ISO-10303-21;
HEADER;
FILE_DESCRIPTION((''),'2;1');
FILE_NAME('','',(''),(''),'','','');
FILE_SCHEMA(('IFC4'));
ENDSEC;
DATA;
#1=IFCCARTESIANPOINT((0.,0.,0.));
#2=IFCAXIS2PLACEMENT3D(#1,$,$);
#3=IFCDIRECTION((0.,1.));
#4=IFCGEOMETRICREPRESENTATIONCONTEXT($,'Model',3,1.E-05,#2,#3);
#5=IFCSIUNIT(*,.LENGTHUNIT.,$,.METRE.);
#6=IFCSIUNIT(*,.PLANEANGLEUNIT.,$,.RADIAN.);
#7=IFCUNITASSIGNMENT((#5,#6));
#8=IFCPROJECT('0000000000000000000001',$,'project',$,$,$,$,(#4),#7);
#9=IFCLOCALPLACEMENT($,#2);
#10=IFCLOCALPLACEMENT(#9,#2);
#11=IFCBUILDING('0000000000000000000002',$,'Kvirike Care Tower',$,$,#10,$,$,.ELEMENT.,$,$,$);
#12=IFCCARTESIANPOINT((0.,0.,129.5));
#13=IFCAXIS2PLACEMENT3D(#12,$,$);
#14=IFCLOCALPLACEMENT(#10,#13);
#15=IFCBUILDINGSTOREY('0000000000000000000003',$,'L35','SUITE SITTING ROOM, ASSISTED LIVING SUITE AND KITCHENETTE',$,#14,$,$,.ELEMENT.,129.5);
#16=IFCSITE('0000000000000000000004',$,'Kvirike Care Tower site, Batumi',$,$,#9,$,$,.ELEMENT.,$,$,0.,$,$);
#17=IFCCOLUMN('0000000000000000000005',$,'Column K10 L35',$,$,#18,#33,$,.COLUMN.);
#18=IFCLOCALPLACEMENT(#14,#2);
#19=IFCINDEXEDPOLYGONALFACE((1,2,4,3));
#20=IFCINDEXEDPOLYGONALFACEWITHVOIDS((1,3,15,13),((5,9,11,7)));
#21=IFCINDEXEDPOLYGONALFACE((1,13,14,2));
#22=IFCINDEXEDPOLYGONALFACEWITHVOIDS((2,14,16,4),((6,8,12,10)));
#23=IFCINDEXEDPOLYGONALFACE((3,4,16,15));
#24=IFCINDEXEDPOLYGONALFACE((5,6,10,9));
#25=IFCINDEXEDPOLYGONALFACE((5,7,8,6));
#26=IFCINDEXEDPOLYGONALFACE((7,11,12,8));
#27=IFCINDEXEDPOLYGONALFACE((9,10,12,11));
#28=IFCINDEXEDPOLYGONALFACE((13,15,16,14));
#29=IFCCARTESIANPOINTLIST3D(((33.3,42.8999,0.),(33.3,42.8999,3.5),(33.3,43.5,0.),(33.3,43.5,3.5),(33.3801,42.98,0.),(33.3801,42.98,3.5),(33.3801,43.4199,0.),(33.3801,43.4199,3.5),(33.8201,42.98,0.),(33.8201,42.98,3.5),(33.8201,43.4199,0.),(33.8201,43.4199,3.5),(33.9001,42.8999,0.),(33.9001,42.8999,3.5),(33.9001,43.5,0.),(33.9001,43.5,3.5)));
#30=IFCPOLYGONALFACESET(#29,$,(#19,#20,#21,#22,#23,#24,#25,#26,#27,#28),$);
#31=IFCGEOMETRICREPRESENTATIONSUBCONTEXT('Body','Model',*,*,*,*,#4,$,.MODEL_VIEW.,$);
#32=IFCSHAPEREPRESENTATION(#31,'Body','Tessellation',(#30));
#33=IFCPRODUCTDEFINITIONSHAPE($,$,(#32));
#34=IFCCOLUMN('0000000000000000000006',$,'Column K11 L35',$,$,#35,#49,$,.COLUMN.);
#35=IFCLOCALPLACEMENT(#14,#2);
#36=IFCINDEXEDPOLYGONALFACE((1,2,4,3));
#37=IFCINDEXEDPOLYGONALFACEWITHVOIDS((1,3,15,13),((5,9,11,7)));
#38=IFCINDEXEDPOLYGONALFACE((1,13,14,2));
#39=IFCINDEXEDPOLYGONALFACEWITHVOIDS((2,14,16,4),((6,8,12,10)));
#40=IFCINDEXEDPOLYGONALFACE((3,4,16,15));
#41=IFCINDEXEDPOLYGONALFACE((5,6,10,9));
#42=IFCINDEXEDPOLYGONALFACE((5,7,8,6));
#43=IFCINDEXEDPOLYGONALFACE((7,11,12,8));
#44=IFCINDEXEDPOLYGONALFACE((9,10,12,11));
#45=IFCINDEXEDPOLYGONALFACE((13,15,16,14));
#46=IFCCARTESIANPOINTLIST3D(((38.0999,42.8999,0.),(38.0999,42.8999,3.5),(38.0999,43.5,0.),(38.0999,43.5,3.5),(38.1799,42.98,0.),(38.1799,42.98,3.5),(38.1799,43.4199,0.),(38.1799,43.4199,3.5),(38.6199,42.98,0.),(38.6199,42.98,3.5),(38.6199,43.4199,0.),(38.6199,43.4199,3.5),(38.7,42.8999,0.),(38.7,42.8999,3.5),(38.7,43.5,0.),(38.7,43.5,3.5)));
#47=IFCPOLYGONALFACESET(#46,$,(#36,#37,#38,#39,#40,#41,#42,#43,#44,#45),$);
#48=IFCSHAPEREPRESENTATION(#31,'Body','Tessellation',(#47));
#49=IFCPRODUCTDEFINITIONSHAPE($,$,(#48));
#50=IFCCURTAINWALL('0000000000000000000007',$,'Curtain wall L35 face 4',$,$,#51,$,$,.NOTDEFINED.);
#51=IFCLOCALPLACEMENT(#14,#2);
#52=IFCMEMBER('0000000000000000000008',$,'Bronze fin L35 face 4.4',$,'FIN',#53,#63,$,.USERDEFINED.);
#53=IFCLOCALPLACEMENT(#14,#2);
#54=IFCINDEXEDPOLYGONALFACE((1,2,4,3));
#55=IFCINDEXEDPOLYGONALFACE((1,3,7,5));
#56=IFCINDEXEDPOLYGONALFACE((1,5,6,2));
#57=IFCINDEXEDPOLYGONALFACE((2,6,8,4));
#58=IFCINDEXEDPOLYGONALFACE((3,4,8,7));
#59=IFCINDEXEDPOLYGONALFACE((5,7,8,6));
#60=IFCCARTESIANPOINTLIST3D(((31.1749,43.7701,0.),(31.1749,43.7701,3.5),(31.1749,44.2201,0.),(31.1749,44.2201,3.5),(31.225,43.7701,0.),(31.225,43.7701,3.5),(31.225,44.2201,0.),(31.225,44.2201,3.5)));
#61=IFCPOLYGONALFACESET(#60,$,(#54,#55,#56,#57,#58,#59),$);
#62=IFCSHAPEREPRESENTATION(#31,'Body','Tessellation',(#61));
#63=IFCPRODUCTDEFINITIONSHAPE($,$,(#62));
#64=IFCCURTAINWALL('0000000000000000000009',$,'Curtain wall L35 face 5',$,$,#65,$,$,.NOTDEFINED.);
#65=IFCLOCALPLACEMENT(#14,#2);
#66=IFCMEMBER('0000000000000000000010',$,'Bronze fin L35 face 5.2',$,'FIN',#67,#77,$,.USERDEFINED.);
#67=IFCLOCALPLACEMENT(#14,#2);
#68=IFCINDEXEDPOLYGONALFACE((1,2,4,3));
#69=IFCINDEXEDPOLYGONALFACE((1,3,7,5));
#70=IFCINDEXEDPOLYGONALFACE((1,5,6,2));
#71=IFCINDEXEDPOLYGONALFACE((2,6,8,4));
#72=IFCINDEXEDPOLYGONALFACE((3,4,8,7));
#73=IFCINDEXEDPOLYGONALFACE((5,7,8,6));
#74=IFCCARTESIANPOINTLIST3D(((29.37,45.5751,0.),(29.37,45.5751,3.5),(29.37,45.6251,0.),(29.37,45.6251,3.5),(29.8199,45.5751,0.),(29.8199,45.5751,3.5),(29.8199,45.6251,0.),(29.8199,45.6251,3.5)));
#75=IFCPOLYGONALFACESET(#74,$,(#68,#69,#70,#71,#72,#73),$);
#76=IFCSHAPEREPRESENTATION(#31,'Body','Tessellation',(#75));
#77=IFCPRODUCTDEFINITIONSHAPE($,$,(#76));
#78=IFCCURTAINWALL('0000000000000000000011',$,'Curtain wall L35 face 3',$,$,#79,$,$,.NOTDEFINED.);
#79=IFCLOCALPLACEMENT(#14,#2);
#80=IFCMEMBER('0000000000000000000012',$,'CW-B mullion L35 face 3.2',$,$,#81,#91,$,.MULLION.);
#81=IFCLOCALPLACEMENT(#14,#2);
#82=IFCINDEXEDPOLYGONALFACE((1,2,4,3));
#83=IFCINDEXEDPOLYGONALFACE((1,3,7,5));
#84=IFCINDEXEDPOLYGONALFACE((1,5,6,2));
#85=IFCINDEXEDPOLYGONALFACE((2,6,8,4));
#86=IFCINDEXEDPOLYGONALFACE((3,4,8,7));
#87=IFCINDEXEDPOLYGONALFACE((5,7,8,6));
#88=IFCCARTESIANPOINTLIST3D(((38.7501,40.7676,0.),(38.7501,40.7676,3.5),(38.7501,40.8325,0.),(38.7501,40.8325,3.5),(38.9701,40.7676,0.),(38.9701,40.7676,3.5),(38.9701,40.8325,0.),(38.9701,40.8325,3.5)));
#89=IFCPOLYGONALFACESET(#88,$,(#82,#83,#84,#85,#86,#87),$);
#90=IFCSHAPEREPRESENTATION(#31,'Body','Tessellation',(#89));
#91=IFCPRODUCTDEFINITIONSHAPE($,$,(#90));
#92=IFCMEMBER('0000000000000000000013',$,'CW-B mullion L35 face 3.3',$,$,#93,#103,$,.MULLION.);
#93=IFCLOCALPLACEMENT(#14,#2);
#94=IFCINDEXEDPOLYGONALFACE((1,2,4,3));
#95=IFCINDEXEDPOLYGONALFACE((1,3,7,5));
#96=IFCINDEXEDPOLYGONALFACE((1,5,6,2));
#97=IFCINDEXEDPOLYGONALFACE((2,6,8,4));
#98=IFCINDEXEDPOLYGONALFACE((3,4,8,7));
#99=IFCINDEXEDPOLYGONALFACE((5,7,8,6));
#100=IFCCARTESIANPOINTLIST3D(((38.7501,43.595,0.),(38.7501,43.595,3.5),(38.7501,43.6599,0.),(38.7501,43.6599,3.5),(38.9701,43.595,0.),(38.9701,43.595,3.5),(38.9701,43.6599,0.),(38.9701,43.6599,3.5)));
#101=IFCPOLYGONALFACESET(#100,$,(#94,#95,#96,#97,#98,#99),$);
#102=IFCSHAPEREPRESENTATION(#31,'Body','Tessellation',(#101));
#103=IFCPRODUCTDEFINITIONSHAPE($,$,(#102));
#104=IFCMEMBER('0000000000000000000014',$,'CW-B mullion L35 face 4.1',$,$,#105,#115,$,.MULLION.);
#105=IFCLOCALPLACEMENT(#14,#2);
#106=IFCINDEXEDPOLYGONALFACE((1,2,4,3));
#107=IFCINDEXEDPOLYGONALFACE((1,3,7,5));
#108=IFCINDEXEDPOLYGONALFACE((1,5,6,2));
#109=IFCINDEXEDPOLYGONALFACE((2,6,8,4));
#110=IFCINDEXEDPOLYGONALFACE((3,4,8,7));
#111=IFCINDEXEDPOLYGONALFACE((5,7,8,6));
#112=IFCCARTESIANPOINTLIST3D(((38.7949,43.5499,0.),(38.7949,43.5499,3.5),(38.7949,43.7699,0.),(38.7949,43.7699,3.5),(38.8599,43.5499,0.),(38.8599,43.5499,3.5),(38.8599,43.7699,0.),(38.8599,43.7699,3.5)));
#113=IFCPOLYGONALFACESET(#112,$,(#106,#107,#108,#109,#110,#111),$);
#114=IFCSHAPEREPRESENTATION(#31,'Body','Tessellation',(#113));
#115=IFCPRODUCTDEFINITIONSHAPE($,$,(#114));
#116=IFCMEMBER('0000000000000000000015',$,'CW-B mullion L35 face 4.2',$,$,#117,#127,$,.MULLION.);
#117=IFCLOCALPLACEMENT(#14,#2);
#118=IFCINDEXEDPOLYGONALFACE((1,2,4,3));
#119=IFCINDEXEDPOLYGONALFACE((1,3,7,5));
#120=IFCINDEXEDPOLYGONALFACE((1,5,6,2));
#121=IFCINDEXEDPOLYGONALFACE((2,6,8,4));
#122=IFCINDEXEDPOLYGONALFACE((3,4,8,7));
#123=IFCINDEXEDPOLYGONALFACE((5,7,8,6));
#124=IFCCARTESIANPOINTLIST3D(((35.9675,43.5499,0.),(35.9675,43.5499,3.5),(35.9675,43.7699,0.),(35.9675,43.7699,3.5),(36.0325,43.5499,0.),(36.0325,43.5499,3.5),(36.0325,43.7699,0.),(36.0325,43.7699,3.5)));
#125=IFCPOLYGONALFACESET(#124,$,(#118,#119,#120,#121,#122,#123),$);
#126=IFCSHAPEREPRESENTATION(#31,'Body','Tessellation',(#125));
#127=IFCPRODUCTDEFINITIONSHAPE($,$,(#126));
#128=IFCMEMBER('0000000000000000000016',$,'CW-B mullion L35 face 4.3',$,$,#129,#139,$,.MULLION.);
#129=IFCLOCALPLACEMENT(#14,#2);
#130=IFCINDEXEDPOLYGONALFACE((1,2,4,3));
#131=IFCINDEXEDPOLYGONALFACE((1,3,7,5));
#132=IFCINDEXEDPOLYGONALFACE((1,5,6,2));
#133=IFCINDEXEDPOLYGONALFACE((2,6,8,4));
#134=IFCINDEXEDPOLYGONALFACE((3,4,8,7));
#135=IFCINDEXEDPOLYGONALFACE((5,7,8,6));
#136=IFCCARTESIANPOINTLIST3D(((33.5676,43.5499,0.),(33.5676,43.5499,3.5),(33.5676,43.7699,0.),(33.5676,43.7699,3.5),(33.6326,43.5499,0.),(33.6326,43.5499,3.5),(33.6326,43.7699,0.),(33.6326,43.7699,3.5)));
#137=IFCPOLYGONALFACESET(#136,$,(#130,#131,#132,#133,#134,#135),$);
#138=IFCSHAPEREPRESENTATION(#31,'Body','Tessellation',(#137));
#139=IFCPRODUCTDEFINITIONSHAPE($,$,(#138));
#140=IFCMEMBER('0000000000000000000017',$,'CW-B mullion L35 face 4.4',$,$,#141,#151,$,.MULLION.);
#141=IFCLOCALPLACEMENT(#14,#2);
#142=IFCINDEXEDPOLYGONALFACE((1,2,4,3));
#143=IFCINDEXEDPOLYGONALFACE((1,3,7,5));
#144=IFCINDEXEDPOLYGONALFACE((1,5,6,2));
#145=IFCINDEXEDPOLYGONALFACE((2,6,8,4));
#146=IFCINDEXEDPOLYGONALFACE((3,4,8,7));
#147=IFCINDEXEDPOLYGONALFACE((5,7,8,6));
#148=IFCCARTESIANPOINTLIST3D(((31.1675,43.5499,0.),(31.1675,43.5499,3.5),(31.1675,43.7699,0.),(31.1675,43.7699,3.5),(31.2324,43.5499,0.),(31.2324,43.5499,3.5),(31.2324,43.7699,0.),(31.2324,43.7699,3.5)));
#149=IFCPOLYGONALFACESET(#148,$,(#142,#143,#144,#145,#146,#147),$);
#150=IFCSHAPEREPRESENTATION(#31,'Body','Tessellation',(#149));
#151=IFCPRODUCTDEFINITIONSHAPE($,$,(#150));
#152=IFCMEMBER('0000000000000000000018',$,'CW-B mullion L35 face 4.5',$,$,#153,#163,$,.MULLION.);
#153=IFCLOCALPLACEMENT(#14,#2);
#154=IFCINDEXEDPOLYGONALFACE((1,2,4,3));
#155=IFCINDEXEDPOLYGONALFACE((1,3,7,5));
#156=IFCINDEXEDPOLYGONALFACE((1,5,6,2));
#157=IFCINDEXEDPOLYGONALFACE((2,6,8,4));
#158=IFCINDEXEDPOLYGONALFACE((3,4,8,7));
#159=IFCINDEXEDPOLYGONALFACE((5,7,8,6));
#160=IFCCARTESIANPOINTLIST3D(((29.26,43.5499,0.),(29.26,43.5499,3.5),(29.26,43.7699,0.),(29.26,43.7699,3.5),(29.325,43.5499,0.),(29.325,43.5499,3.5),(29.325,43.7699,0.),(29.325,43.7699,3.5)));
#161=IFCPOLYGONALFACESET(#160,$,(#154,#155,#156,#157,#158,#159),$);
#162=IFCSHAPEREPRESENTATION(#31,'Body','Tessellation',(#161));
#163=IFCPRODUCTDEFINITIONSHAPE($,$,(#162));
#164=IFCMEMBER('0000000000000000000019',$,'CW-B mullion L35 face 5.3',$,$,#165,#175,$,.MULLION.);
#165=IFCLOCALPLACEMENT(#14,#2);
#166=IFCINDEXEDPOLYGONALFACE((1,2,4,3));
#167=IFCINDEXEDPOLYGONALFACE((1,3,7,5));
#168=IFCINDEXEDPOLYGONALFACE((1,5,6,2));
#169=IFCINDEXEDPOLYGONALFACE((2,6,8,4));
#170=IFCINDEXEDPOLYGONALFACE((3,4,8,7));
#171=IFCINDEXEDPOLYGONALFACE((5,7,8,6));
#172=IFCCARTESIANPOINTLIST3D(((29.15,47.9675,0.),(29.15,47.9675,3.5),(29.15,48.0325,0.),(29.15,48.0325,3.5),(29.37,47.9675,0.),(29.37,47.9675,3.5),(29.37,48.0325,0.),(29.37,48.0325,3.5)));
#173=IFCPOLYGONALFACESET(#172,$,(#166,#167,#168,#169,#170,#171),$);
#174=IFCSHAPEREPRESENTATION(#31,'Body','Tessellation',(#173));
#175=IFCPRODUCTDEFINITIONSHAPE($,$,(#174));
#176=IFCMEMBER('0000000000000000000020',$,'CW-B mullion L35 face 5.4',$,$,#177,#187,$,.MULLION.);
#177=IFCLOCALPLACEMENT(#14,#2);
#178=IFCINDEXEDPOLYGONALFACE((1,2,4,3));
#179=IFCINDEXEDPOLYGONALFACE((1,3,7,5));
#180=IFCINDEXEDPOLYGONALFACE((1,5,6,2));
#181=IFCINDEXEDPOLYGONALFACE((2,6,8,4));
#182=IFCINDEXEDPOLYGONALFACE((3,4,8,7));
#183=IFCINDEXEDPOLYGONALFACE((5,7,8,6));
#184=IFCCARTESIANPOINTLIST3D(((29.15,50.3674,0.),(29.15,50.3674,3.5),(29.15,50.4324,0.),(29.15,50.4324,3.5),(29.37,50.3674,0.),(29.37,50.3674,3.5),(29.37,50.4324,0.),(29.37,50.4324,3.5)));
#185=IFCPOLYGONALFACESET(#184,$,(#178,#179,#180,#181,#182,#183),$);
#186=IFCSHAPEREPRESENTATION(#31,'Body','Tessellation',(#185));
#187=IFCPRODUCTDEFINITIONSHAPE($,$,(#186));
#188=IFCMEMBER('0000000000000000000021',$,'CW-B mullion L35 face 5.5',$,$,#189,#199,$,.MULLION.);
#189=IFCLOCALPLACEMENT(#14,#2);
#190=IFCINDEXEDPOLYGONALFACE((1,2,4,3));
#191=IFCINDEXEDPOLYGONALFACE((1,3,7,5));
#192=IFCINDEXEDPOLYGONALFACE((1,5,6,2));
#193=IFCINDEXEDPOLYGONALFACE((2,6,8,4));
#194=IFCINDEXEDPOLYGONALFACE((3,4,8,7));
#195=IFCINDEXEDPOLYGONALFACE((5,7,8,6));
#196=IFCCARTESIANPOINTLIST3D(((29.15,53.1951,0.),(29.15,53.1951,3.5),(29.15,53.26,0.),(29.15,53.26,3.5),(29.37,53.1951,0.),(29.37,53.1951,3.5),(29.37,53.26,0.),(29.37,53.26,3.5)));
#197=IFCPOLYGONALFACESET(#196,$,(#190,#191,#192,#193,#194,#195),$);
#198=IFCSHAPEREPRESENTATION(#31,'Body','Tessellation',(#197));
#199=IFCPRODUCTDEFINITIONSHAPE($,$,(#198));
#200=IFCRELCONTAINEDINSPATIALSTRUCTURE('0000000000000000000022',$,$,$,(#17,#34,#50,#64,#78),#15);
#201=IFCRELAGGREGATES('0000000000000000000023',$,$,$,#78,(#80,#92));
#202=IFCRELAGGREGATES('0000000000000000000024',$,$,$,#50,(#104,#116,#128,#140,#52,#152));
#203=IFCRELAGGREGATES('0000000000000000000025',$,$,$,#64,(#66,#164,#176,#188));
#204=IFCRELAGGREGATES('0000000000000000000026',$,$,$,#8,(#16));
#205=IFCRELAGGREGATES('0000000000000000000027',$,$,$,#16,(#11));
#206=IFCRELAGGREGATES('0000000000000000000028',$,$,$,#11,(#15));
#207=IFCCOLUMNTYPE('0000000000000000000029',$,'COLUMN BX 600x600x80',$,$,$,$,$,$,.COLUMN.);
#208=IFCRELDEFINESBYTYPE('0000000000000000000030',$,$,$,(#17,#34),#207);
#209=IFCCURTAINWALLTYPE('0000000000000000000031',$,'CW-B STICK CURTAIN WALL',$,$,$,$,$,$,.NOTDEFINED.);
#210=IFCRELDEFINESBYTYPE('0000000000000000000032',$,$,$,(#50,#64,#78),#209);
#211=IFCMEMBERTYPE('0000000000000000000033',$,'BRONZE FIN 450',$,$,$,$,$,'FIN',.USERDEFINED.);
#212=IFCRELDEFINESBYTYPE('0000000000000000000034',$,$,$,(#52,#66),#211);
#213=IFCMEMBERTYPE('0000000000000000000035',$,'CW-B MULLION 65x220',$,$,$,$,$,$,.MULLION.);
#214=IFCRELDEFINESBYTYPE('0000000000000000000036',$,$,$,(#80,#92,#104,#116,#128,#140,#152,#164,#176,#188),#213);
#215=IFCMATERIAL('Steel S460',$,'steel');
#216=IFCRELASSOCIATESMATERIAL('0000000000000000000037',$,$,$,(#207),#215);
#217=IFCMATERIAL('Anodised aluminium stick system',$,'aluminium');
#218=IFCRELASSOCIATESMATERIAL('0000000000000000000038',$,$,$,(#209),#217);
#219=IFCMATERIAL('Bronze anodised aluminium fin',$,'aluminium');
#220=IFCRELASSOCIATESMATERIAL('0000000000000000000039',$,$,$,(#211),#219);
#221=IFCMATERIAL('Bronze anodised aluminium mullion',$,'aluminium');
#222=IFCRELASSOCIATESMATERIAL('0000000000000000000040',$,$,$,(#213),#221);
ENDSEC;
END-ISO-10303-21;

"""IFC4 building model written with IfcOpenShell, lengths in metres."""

from ifc_helpers import new_model, si_unit, direction, frame, origin, origin_2d, place, context, subcontext, project, spatial, rectangle, hollow_rectangle, extrude, material, material_profile, profile_set, type_object, element, aggregate, save


model = new_model("IFC4")

# Units and contexts
model_context = context("Model", 3, precision=1e-05, world=origin(), true_north=direction((0.0, 1.0)))
body_context = subcontext(model_context, "Body", "Model", "MODEL_VIEW")
ifc_project = project(units=[si_unit("LENGTHUNIT", "METRE"), si_unit("PLANEANGLEUNIT", "RADIAN")], contexts=[model_context])

# Site, building, storey
site_placement = place(None, origin())
site = spatial("IfcSite", under=ifc_project, at=site_placement, Name="Kvirike Care Tower site, Batumi", CompositionType="ELEMENT", RefElevation=0.0)
building_placement = place(site_placement, origin())
building = spatial("IfcBuilding", under=site, at=building_placement, Name="Kvirike Care Tower", CompositionType="ELEMENT")
storey_placement = place(building_placement, frame((0.0, 0.0, 129.5)))
storey = spatial("IfcBuildingStorey", under=building, at=storey_placement, Name="L35", Description="SUITE SITTING ROOM, ASSISTED LIVING SUITE AND KITCHENETTE", CompositionType="ELEMENT", Elevation=129.5)

# Columns
ifc_material_1 = material(Name="Steel S460", Category="steel")
ifc_material_profile_1 = material_profile(ifc_material_1, hollow_rectangle(XDim=0.6001, YDim=0.6001, WallThickness=0.0801, at=origin_2d()), Name="BX 600x600x80")
ifc_profile_set_1 = profile_set([ifc_material_profile_1], Name="Steel S460")
column_type = type_object("IfcColumnType", Name="COLUMN BX 600x600x80", PredefinedType="COLUMN", material=ifc_profile_set_1)
for number, where, z_axis, x_axis, name in (
    (1, (33.6001, 43.2, 0.0), (0.0, 0.0, 1.0), (0.0, 1.0, 0.0), "Column K10 L35"),
    (2, (38.3999, 43.2, 0.0), (0.0, 0.0, 1.0), (0.0, 1.0, 0.0), "Column K11 L35"),
):
    element("IfcColumn", number, at=place(storey_placement, frame(where, z_axis=z_axis, x_axis=x_axis)), inside=storey, type_object=column_type, Name=name, PredefinedType="COLUMN", context=body_context, shape_type="SweptSolid", body=[
        extrude(hollow_rectangle(XDim=0.6001, YDim=0.6001, WallThickness=0.0801, at=origin_2d()), origin(), (0.0, 0.0, 1.0), 3.5),
    ])

# Curtain walls, members
ifc_material_2 = material(Name="Anodised aluminium stick system", Category="aluminium")
curtain_wall_type = type_object("IfcCurtainWallType", Name="CW-B STICK CURTAIN WALL", PredefinedType="NOTDEFINED", material=ifc_material_2)
curtain_wall_1_placement = place(storey_placement, origin())
curtain_wall_1 = element("IfcCurtainWall", 3, at=curtain_wall_1_placement, inside=storey, type_object=curtain_wall_type, Name="Curtain wall L35 face 4", PredefinedType="NOTDEFINED")
ifc_material_3 = material(Name="Bronze anodised aluminium fin", Category="aluminium")
ifc_material_profile_2 = material_profile(ifc_material_3, rectangle(XDim=0.05, YDim=0.45, at=origin_2d()), Name="BRONZE FIN 450")
ifc_profile_set_2 = profile_set([ifc_material_profile_2], Name="Bronze anodised aluminium fin")
member_type_1 = type_object("IfcMemberType", Name="BRONZE FIN 450", ElementType="FIN", PredefinedType="USERDEFINED", material=ifc_profile_set_2)
member_1_placement = place(storey_placement, frame((31.2, 43.9951, 0.0), z_axis=(0.0, 0.0, 1.0), x_axis=(-1.0, 0.0, 0.0)))
member_1 = element("IfcMember", 4, at=member_1_placement, type_object=member_type_1, Name="Bronze fin L35 face 4.4", ObjectType="FIN", PredefinedType="USERDEFINED", context=body_context, shape_type="SweptSolid", body=[
    extrude(rectangle(XDim=0.05, YDim=0.45, at=origin_2d()), origin(), (0.0, 0.0, 1.0), 3.5),
])
curtain_wall_2_placement = place(storey_placement, origin())
curtain_wall_2 = element("IfcCurtainWall", 5, at=curtain_wall_2_placement, inside=storey, type_object=curtain_wall_type, Name="Curtain wall L35 face 5", PredefinedType="NOTDEFINED")
member_2_placement = place(storey_placement, frame((29.595, 45.6001, 0.0), z_axis=(0.0, 0.0, 1.0), x_axis=(0.0, 1.0, 0.0)))
member_2 = element("IfcMember", 6, at=member_2_placement, type_object=member_type_1, Name="Bronze fin L35 face 5.2", ObjectType="FIN", PredefinedType="USERDEFINED", context=body_context, shape_type="SweptSolid", body=[
    extrude(rectangle(XDim=0.05, YDim=0.45, at=origin_2d()), origin(), (0.0, 0.0, 1.0), 3.5),
])

# Curtain wall, members
curtain_wall_3_placement = place(storey_placement, origin())
curtain_wall_3 = element("IfcCurtainWall", 7, at=curtain_wall_3_placement, inside=storey, type_object=curtain_wall_type, Name="Curtain wall L35 face 3", PredefinedType="NOTDEFINED")
ifc_material_4 = material(Name="Bronze anodised aluminium mullion", Category="aluminium")
ifc_material_profile_3 = material_profile(ifc_material_4, rectangle(XDim=0.0649, YDim=0.22, at=origin_2d()), Name="CW-B MULLION 65x220")
ifc_profile_set_3 = profile_set([ifc_material_profile_3], Name="Bronze anodised aluminium mullion")
member_type_2 = type_object("IfcMemberType", Name="CW-B MULLION 65x220", PredefinedType="MULLION", material=ifc_profile_set_3)
member_3_placement = place(storey_placement, frame((38.8601, 40.8, 0.0), z_axis=(0.0, 0.0, 1.0), x_axis=(0.0, 1.0, 0.0)))
member_3 = element("IfcMember", 8, at=member_3_placement, type_object=member_type_2, Name="CW-B mullion L35 face 3.2", PredefinedType="MULLION", context=body_context, shape_type="SweptSolid", body=[
    extrude(rectangle(XDim=0.0649, YDim=0.22, at=origin_2d()), origin(), (0.0, 0.0, 1.0), 3.5),
])
member_4_placement = place(storey_placement, frame((38.8601, 43.6274, 0.0), z_axis=(0.0, 0.0, 1.0), x_axis=(0.0, 1.0, 0.0)))
member_4 = element("IfcMember", 9, at=member_4_placement, type_object=member_type_2, Name="CW-B mullion L35 face 3.3", PredefinedType="MULLION", context=body_context, shape_type="SweptSolid", body=[
    extrude(rectangle(XDim=0.0649, YDim=0.22, at=origin_2d()), origin(), (0.0, 0.0, 1.0), 3.5),
])

# Members
member_5_placement = place(storey_placement, frame((38.8274, 43.6599, 0.0), z_axis=(0.0, 0.0, 1.0), x_axis=(-1.0, 0.0, 0.0)))
member_5 = element("IfcMember", 10, at=member_5_placement, type_object=member_type_2, Name="CW-B mullion L35 face 4.1", PredefinedType="MULLION", context=body_context, shape_type="SweptSolid", body=[
    extrude(rectangle(XDim=0.0649, YDim=0.22, at=origin_2d()), origin(), (0.0, 0.0, 1.0), 3.5),
])
member_6_placement = place(storey_placement, frame((36.0, 43.6599, 0.0), z_axis=(0.0, 0.0, 1.0), x_axis=(-1.0, 0.0, 0.0)))
member_6 = element("IfcMember", 11, at=member_6_placement, type_object=member_type_2, Name="CW-B mullion L35 face 4.2", PredefinedType="MULLION", context=body_context, shape_type="SweptSolid", body=[
    extrude(rectangle(XDim=0.0649, YDim=0.22, at=origin_2d()), origin(), (0.0, 0.0, 1.0), 3.5),
])
member_7_placement = place(storey_placement, frame((33.6001, 43.6599, 0.0), z_axis=(0.0, 0.0, 1.0), x_axis=(-1.0, 0.0, 0.0)))
member_7 = element("IfcMember", 12, at=member_7_placement, type_object=member_type_2, Name="CW-B mullion L35 face 4.3", PredefinedType="MULLION", context=body_context, shape_type="SweptSolid", body=[
    extrude(rectangle(XDim=0.0649, YDim=0.22, at=origin_2d()), origin(), (0.0, 0.0, 1.0), 3.5),
])
member_8_placement = place(storey_placement, frame((31.2, 43.6599, 0.0), z_axis=(0.0, 0.0, 1.0), x_axis=(-1.0, 0.0, 0.0)))
member_8 = element("IfcMember", 13, at=member_8_placement, type_object=member_type_2, Name="CW-B mullion L35 face 4.4", PredefinedType="MULLION", context=body_context, shape_type="SweptSolid", body=[
    extrude(rectangle(XDim=0.0649, YDim=0.22, at=origin_2d()), origin(), (0.0, 0.0, 1.0), 3.5),
])
member_9_placement = place(storey_placement, frame((29.2925, 43.6599, 0.0), z_axis=(0.0, 0.0, 1.0), x_axis=(-1.0, 0.0, 0.0)))
member_9 = element("IfcMember", 14, at=member_9_placement, type_object=member_type_2, Name="CW-B mullion L35 face 4.5", PredefinedType="MULLION", context=body_context, shape_type="SweptSolid", body=[
    extrude(rectangle(XDim=0.0649, YDim=0.22, at=origin_2d()), origin(), (0.0, 0.0, 1.0), 3.5),
])
member_10_placement = place(storey_placement, frame((29.26, 48.0, 0.0), z_axis=(0.0, 0.0, 1.0), x_axis=(0.0, 1.0, 0.0)))
member_10 = element("IfcMember", 15, at=member_10_placement, type_object=member_type_2, Name="CW-B mullion L35 face 5.3", PredefinedType="MULLION", context=body_context, shape_type="SweptSolid", body=[
    extrude(rectangle(XDim=0.0649, YDim=0.22, at=origin_2d()), origin(), (0.0, 0.0, 1.0), 3.5),
])
member_11_placement = place(storey_placement, frame((29.26, 50.3999, 0.0), z_axis=(0.0, 0.0, 1.0), x_axis=(0.0, 1.0, 0.0)))
member_11 = element("IfcMember", 16, at=member_11_placement, type_object=member_type_2, Name="CW-B mullion L35 face 5.4", PredefinedType="MULLION", context=body_context, shape_type="SweptSolid", body=[
    extrude(rectangle(XDim=0.0649, YDim=0.22, at=origin_2d()), origin(), (0.0, 0.0, 1.0), 3.5),
])
member_12_placement = place(storey_placement, frame((29.26, 53.2275, 0.0), z_axis=(0.0, 0.0, 1.0), x_axis=(0.0, 1.0, 0.0)))
member_12 = element("IfcMember", 17, at=member_12_placement, type_object=member_type_2, Name="CW-B mullion L35 face 5.5", PredefinedType="MULLION", context=body_context, shape_type="SweptSolid", body=[
    extrude(rectangle(XDim=0.0649, YDim=0.22, at=origin_2d()), origin(), (0.0, 0.0, 1.0), 3.5),
])

aggregate(curtain_wall_3, [member_3, member_4])
aggregate(curtain_wall_1, [member_5, member_6, member_7, member_8, member_1, member_9])
aggregate(curtain_wall_2, [member_2, member_10, member_11, member_12])

save(model, "model.ifc")
